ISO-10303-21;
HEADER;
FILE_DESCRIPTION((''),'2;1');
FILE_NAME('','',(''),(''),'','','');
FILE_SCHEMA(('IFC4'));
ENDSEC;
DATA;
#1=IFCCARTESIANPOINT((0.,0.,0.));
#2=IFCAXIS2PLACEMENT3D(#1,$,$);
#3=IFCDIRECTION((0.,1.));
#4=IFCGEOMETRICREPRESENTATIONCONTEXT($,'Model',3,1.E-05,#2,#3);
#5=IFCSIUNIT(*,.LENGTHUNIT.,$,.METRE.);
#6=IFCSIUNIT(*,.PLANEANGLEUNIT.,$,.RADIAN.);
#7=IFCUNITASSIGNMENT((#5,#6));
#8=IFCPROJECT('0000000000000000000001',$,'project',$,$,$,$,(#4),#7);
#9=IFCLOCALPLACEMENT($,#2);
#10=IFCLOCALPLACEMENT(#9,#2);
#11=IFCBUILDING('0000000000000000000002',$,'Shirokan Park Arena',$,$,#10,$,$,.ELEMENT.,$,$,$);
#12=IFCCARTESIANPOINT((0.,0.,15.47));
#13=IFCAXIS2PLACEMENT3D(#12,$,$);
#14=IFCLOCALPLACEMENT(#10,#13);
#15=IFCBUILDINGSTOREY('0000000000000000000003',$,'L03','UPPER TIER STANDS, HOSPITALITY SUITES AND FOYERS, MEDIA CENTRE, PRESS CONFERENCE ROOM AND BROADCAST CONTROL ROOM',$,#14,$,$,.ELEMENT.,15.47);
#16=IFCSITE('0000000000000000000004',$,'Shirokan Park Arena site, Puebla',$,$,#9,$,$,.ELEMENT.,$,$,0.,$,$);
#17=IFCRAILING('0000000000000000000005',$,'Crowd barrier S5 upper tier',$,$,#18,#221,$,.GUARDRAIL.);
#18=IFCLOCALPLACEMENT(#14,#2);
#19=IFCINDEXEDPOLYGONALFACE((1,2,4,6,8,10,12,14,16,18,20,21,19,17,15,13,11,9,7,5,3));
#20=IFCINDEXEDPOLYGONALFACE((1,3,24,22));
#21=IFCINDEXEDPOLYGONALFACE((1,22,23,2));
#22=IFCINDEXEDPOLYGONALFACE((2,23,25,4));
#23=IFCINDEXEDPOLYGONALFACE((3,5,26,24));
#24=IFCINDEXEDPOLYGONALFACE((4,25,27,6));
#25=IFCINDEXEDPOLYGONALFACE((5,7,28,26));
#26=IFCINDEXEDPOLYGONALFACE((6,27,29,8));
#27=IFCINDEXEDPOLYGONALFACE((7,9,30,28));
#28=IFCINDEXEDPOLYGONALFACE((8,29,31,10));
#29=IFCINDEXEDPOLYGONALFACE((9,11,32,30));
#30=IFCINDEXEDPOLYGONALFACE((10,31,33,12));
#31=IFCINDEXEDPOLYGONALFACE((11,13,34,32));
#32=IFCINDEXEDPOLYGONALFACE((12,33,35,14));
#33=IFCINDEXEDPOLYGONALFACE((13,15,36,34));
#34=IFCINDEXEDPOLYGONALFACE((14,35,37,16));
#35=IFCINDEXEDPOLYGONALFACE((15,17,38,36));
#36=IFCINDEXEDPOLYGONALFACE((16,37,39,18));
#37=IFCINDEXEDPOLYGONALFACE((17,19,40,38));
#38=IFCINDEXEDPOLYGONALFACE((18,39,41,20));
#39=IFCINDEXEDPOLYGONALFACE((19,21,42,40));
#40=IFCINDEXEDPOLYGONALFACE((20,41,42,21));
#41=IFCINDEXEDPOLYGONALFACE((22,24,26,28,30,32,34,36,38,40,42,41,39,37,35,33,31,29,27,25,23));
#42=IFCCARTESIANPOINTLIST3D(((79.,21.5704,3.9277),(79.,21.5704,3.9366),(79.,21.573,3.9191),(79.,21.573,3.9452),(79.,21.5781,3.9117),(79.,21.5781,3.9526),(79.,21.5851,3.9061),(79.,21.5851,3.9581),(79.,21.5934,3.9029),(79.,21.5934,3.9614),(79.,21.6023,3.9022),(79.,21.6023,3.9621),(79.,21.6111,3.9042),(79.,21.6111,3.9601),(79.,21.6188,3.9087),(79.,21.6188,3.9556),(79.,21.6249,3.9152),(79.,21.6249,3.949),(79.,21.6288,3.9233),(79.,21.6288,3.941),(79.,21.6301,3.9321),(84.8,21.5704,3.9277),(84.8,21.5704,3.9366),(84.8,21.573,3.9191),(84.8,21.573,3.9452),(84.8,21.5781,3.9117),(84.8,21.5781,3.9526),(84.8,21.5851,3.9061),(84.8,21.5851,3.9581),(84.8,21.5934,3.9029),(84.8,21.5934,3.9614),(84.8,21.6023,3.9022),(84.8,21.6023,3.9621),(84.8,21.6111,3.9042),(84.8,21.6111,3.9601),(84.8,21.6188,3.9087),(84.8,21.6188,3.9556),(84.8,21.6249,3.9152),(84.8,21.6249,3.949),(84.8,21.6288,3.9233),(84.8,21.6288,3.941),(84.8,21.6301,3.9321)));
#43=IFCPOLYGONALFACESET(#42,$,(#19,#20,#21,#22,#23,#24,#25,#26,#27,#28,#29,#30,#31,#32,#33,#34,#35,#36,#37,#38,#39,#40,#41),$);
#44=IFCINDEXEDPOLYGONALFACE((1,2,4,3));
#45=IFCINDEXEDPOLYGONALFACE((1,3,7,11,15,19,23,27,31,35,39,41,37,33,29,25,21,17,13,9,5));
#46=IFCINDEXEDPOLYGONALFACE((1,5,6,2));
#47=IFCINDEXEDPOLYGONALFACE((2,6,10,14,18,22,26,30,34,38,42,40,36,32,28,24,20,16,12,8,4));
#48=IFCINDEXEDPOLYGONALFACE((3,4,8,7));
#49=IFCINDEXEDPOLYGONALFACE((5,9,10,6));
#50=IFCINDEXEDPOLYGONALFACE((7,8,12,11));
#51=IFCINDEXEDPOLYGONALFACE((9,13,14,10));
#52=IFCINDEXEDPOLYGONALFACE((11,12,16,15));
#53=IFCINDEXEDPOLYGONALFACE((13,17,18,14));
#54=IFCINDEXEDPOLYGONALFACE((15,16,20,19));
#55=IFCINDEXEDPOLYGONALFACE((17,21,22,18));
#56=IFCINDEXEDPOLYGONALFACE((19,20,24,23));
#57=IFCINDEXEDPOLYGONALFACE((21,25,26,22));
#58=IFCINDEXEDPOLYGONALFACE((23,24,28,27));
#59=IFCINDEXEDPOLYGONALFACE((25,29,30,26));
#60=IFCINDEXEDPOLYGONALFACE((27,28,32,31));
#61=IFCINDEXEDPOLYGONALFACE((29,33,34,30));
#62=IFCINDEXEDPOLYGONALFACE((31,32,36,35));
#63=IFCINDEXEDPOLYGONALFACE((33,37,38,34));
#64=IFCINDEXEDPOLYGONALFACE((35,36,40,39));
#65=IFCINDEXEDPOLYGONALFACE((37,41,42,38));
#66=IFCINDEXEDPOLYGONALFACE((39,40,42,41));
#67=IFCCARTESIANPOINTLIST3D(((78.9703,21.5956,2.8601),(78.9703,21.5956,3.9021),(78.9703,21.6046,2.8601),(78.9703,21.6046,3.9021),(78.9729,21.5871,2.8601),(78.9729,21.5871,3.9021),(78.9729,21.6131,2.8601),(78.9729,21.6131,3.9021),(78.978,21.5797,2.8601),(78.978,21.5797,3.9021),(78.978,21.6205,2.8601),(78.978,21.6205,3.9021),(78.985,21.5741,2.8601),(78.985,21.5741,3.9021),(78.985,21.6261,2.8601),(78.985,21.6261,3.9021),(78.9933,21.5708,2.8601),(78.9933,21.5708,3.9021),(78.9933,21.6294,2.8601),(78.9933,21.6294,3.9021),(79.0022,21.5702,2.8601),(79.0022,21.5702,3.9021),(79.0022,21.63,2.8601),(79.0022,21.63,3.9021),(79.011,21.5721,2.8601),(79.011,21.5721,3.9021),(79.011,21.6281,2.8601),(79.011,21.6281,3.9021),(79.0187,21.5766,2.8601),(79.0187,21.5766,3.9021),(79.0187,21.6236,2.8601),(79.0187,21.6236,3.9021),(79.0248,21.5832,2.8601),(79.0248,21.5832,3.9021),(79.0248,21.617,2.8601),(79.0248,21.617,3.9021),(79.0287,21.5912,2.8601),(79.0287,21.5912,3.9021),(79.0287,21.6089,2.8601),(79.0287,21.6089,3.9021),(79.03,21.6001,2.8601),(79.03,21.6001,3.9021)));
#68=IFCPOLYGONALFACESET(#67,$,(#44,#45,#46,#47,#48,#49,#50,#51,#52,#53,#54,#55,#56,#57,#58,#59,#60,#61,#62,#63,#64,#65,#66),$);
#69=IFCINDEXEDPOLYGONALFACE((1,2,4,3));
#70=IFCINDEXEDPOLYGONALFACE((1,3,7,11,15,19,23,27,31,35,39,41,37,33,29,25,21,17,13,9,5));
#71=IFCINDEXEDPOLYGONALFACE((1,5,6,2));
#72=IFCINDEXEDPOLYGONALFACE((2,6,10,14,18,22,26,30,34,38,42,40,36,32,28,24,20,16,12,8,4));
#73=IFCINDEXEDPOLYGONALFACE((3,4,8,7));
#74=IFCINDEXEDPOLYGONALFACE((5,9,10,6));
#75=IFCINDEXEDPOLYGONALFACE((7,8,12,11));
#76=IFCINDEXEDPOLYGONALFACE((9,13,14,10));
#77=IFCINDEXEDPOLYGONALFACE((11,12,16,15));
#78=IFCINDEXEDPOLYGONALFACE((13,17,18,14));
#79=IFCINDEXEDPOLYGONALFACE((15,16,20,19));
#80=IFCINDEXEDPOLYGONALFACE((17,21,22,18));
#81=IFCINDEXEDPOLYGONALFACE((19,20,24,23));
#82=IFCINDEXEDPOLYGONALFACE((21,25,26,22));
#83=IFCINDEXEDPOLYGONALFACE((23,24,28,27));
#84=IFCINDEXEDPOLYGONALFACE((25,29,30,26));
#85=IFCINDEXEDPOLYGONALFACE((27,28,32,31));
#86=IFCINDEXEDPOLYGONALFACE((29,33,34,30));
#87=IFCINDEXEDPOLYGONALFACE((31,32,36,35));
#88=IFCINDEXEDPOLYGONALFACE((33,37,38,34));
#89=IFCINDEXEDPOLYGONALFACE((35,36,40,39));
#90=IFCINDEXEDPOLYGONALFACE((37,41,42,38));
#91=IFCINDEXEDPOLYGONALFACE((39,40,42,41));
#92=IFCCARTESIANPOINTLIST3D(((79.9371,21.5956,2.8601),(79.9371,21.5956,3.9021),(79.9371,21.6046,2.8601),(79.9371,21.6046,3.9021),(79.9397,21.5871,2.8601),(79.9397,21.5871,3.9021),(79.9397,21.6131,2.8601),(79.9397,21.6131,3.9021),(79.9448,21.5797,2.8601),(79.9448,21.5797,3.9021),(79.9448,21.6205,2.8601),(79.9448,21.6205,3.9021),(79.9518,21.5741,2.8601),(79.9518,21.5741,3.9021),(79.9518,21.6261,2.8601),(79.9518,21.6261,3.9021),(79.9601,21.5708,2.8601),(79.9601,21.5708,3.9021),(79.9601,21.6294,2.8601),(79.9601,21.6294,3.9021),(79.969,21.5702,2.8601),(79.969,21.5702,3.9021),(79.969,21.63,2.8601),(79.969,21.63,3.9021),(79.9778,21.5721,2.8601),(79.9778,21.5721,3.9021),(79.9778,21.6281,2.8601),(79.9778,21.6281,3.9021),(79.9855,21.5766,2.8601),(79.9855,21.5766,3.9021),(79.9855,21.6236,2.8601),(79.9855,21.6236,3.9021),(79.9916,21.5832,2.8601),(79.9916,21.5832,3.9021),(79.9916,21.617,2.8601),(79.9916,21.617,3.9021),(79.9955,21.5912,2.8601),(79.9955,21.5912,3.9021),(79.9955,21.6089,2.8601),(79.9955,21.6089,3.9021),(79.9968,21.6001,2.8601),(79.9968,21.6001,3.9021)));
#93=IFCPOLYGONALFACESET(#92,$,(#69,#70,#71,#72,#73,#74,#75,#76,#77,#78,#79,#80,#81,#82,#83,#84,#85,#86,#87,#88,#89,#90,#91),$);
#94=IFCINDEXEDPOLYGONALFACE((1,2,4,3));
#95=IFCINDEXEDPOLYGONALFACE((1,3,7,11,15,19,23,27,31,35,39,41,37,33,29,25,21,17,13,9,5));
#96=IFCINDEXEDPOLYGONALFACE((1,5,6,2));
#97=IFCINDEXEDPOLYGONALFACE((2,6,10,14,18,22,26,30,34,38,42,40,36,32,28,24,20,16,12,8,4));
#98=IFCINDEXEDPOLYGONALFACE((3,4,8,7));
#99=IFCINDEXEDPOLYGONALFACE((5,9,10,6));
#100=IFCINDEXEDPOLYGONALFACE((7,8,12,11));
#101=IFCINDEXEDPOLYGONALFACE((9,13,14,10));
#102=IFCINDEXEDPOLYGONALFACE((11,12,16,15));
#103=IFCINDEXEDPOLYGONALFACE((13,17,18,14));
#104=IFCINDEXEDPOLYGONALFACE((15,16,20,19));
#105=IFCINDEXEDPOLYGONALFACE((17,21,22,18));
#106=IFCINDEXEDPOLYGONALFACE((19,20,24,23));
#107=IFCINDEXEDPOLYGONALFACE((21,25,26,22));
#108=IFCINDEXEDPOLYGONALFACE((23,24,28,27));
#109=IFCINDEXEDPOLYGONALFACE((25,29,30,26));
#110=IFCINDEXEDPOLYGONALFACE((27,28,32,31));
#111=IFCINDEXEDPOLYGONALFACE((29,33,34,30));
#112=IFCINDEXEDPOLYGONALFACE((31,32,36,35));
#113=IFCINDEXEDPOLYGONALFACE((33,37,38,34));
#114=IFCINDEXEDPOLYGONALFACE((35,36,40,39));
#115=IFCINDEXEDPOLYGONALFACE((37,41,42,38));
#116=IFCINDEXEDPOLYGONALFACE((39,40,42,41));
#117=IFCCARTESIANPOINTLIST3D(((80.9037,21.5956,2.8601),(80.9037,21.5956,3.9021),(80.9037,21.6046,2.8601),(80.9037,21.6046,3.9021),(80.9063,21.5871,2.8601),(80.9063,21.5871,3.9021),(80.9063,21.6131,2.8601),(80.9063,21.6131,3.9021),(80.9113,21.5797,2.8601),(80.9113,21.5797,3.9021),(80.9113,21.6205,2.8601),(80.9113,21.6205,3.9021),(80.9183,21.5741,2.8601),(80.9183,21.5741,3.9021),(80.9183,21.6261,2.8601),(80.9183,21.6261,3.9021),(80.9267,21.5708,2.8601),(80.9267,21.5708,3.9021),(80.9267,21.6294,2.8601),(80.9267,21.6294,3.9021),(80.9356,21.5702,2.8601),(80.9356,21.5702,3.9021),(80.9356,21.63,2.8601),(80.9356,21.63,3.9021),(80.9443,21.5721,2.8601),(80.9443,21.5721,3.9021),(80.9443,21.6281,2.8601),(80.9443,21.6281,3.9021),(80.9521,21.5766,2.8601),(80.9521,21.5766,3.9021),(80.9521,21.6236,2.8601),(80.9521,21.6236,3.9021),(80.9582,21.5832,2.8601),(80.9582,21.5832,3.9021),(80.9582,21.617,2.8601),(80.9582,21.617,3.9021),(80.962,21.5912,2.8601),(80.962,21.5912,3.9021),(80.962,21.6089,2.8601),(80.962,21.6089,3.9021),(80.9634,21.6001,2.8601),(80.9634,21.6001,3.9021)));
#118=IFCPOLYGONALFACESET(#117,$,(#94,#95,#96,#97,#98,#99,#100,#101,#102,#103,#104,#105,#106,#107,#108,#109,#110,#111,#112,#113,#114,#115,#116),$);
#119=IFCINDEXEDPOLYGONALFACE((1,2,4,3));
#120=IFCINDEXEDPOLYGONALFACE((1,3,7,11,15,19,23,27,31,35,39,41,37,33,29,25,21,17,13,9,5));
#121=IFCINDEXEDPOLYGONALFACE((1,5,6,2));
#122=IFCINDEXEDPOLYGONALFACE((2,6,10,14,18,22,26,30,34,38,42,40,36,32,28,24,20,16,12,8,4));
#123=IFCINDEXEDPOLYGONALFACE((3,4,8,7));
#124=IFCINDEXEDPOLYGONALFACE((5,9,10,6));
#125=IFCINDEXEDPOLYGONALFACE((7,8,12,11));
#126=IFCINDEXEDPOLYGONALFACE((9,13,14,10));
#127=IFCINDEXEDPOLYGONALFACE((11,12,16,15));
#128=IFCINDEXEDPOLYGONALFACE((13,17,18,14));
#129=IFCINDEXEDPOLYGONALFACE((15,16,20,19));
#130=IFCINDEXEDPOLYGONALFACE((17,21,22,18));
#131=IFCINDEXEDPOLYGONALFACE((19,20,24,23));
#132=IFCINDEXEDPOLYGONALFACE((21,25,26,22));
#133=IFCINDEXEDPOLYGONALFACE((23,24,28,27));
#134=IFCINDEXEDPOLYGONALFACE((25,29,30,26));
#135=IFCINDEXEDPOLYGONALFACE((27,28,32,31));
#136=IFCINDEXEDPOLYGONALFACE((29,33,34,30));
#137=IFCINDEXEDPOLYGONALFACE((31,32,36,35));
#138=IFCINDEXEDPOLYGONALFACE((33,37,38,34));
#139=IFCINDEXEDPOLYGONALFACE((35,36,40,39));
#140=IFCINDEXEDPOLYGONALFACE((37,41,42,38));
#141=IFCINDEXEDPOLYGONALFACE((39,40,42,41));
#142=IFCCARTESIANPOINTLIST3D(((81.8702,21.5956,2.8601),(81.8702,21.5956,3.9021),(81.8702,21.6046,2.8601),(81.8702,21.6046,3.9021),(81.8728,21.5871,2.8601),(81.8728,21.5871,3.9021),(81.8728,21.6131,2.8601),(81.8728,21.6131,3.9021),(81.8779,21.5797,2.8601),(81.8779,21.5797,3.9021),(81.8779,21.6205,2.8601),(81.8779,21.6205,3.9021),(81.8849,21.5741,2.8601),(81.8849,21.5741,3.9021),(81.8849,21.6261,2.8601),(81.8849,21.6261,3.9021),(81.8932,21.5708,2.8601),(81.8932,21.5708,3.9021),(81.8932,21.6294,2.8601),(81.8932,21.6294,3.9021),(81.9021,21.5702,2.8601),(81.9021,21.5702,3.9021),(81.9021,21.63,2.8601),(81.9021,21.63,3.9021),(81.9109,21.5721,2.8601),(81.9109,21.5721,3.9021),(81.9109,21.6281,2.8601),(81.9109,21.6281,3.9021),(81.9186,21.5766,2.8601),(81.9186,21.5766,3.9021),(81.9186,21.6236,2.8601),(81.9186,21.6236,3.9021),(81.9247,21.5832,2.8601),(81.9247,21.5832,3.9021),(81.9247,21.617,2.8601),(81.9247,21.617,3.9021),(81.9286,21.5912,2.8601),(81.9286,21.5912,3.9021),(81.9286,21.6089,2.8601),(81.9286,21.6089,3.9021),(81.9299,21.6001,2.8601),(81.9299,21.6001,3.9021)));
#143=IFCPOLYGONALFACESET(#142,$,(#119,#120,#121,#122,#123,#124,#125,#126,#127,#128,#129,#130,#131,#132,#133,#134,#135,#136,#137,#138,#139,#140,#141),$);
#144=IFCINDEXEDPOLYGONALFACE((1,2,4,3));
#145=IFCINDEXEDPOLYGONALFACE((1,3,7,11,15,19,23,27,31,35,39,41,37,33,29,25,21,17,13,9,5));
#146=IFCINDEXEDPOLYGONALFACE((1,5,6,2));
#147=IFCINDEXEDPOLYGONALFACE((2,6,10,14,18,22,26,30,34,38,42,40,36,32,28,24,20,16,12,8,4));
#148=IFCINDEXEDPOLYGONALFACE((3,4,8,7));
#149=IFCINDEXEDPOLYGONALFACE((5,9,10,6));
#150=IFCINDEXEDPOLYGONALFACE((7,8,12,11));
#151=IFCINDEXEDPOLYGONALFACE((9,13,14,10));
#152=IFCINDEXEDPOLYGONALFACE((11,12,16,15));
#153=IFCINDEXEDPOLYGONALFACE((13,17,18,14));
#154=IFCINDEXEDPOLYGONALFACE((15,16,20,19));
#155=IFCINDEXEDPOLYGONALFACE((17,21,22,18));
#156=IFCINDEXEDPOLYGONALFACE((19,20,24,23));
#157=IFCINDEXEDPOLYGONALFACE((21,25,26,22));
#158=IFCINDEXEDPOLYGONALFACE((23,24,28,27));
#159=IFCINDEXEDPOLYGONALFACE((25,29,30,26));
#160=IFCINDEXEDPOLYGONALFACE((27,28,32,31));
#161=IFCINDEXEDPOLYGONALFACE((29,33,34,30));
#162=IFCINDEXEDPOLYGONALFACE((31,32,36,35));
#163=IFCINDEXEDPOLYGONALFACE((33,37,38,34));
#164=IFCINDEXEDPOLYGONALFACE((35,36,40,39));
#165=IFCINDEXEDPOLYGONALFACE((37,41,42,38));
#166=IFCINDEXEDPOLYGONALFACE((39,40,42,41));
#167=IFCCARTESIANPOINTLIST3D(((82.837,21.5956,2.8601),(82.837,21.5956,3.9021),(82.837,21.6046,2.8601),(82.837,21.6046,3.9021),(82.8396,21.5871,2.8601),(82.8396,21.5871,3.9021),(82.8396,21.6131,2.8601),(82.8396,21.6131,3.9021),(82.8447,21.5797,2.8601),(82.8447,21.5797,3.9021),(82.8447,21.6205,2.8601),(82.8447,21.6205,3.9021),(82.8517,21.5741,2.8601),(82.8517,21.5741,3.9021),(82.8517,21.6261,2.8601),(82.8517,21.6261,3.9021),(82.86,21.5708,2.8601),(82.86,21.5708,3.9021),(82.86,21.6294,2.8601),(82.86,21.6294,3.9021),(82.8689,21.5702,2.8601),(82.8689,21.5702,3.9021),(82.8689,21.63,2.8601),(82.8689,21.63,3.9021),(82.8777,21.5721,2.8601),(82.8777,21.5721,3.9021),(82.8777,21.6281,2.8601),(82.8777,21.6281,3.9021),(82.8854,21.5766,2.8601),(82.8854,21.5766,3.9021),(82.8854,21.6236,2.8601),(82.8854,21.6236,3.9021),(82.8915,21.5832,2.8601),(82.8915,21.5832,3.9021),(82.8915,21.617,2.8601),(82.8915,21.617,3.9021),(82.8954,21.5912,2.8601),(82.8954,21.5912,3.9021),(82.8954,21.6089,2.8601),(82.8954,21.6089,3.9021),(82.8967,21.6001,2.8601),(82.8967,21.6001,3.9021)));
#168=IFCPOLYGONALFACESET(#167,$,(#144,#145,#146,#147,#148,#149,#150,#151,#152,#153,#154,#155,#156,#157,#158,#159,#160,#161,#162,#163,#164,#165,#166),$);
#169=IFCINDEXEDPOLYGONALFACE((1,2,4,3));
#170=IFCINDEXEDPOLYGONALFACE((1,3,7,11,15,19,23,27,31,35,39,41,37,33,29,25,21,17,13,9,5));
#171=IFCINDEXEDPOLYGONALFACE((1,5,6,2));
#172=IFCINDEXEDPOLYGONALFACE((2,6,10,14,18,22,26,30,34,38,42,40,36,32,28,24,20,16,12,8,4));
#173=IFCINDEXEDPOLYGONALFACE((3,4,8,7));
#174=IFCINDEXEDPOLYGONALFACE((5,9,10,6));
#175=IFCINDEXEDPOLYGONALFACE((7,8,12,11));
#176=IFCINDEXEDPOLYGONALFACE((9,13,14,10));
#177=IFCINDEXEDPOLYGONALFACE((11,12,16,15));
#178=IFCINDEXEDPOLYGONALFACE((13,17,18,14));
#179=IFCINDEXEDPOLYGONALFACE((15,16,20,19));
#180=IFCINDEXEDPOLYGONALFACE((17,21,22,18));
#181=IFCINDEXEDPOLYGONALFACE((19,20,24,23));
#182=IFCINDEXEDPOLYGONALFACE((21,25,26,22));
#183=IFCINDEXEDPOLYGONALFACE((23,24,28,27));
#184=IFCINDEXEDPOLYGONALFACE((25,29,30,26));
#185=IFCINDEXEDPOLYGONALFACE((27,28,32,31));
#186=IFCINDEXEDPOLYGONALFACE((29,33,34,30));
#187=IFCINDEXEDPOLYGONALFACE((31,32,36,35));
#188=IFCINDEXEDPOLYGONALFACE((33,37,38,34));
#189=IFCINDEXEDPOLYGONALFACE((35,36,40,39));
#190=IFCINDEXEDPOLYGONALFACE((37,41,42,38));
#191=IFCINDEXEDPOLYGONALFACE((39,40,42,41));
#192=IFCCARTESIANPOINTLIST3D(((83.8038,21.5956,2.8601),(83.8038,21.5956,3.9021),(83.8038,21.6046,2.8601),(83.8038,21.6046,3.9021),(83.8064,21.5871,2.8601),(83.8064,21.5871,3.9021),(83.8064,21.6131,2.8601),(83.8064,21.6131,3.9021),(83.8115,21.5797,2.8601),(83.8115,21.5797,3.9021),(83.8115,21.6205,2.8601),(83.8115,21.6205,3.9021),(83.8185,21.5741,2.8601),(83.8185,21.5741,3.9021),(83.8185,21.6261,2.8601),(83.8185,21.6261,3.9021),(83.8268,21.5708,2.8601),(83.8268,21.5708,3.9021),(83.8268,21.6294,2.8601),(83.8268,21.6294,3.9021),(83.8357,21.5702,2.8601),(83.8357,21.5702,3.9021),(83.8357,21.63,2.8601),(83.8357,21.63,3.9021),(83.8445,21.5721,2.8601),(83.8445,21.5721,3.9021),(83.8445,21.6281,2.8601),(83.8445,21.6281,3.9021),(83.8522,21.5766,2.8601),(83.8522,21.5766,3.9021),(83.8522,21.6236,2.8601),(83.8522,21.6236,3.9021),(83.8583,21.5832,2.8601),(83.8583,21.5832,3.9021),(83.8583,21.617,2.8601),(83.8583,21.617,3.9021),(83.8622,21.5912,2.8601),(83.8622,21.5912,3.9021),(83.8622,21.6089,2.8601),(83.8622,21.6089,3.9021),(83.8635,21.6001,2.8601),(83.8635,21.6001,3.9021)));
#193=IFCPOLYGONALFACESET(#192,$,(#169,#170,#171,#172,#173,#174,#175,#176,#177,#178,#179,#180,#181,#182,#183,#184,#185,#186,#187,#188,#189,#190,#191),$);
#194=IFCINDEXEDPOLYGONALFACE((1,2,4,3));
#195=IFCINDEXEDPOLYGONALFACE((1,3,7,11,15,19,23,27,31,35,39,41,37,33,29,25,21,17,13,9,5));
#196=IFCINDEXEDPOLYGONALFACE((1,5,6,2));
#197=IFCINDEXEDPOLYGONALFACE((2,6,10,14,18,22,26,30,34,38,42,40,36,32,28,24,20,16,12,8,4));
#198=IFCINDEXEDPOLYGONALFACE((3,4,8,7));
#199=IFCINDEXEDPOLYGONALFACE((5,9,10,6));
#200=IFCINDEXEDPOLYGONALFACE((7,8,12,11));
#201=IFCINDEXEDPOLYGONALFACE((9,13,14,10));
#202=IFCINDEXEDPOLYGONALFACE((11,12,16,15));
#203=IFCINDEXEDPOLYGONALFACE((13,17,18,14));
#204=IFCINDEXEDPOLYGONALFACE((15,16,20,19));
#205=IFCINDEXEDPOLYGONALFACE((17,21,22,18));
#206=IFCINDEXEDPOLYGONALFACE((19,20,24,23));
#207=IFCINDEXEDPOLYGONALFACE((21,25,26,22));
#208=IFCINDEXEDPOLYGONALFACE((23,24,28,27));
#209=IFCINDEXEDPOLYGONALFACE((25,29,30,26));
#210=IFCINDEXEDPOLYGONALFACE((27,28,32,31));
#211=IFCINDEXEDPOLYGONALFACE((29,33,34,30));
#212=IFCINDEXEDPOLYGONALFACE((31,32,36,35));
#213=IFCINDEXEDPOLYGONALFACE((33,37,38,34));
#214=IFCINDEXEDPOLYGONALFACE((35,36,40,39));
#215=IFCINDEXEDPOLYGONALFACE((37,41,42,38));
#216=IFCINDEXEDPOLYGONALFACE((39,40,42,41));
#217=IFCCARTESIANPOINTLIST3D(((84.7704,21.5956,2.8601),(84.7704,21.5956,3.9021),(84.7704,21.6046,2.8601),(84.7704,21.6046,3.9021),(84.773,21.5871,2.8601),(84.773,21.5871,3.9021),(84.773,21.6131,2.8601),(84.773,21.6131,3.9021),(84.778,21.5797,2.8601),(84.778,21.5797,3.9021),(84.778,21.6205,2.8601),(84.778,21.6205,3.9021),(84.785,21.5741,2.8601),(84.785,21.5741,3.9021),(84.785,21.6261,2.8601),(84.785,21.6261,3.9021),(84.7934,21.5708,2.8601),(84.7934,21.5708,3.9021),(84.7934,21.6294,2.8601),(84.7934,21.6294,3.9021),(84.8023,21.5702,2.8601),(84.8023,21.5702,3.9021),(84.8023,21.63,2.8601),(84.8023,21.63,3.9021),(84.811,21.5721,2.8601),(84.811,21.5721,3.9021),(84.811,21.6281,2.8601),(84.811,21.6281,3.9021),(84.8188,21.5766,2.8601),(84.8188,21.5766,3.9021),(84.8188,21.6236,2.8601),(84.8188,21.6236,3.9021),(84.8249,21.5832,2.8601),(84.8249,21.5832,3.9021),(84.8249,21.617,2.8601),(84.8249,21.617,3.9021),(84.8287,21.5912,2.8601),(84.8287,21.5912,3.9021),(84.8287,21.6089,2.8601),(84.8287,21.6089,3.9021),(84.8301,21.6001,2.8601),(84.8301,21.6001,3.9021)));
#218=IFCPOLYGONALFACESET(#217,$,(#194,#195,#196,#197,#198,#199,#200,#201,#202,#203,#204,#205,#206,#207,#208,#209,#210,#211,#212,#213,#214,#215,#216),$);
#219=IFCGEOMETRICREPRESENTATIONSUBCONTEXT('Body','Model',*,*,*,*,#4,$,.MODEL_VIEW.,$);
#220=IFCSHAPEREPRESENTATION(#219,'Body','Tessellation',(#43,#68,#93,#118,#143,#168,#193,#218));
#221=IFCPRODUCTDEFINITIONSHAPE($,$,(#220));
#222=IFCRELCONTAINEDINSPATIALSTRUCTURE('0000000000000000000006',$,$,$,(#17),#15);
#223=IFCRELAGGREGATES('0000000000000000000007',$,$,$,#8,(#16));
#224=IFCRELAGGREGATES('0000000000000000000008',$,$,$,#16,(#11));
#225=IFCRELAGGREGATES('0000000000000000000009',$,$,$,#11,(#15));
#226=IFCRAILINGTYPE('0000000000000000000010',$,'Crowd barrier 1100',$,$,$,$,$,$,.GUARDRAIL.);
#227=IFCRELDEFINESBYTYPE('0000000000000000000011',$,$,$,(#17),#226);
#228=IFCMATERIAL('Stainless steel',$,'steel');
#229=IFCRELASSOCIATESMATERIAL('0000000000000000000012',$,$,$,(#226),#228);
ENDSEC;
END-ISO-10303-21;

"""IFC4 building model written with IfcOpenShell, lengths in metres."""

from ifc_helpers import new_model, si_unit, direction, frame, origin, origin_2d, place, context, subcontext, project, spatial, circle, extrude, material, type_object, element, save


model = new_model("IFC4")

# Units and contexts
model_context = context("Model", 3, precision=1e-05, world=origin(), true_north=direction((0.0, 1.0)))
body_context = subcontext(model_context, "Body", "Model", "MODEL_VIEW")
ifc_project = project(units=[si_unit("LENGTHUNIT", "METRE"), si_unit("PLANEANGLEUNIT", "RADIAN")], contexts=[model_context])

# Site, building, storey
site_placement = place(None, origin())
site = spatial("IfcSite", under=ifc_project, at=site_placement, Name="Shirokan Park Arena site, Puebla", CompositionType="ELEMENT", RefElevation=0.0)
building_placement = place(site_placement, origin())
building = spatial("IfcBuilding", under=site, at=building_placement, Name="Shirokan Park Arena", CompositionType="ELEMENT")
storey_placement = place(building_placement, frame((0.0, 0.0, 15.47)))
storey = spatial("IfcBuildingStorey", under=building, at=storey_placement, Name="L03", Description="UPPER TIER STANDS, HOSPITALITY SUITES AND FOYERS, MEDIA CENTRE, PRESS CONFERENCE ROOM AND BROADCAST CONTROL ROOM", CompositionType="ELEMENT", Elevation=15.47)

# Railing
ifc_material_1 = material(Name="Stainless steel", Category="steel")
railing_type_1 = type_object("IfcRailingType", Name="Crowd barrier 1100", PredefinedType="GUARDRAIL", material=ifc_material_1)
railing_1_placement = place(storey_placement, frame((79.0, 21.6001, 2.8601)))
element("IfcRailing", 1, at=railing_1_placement, inside=storey, type_object=railing_type_1, Name="Crowd barrier S5 upper tier", PredefinedType="GUARDRAIL", context=body_context, shape_type="SweptSolid", body=[
    extrude(circle(Radius=0.03, at=origin_2d()), frame((0.0, 0.0, 1.072), z_axis=(1.0, 0.0, 0.0), x_axis=(0.0, 1.0, 0.0)), (0.0, 0.0, 1.0), 5.8),
    extrude(circle(Radius=0.03, at=origin_2d()), origin(), (0.0, 0.0, 1.0), 1.042),
    extrude(circle(Radius=0.03, at=origin_2d()), frame((0.9668, 0.0, 0.0)), (0.0, 0.0, 1.0), 1.042),
    extrude(circle(Radius=0.03, at=origin_2d()), frame((1.9333, 0.0, 0.0)), (0.0, 0.0, 1.0), 1.042),
    extrude(circle(Radius=0.03, at=origin_2d()), frame((2.8999, 0.0, 0.0)), (0.0, 0.0, 1.0), 1.042),
    extrude(circle(Radius=0.03, at=origin_2d()), frame((3.8667, 0.0, 0.0)), (0.0, 0.0, 1.0), 1.042),
    extrude(circle(Radius=0.03, at=origin_2d()), frame((4.8335, 0.0, 0.0)), (0.0, 0.0, 1.0), 1.042),
    extrude(circle(Radius=0.03, at=origin_2d()), frame((5.8, 0.0, 0.0)), (0.0, 0.0, 1.0), 1.042),
])

save(model, "model.ifc")
